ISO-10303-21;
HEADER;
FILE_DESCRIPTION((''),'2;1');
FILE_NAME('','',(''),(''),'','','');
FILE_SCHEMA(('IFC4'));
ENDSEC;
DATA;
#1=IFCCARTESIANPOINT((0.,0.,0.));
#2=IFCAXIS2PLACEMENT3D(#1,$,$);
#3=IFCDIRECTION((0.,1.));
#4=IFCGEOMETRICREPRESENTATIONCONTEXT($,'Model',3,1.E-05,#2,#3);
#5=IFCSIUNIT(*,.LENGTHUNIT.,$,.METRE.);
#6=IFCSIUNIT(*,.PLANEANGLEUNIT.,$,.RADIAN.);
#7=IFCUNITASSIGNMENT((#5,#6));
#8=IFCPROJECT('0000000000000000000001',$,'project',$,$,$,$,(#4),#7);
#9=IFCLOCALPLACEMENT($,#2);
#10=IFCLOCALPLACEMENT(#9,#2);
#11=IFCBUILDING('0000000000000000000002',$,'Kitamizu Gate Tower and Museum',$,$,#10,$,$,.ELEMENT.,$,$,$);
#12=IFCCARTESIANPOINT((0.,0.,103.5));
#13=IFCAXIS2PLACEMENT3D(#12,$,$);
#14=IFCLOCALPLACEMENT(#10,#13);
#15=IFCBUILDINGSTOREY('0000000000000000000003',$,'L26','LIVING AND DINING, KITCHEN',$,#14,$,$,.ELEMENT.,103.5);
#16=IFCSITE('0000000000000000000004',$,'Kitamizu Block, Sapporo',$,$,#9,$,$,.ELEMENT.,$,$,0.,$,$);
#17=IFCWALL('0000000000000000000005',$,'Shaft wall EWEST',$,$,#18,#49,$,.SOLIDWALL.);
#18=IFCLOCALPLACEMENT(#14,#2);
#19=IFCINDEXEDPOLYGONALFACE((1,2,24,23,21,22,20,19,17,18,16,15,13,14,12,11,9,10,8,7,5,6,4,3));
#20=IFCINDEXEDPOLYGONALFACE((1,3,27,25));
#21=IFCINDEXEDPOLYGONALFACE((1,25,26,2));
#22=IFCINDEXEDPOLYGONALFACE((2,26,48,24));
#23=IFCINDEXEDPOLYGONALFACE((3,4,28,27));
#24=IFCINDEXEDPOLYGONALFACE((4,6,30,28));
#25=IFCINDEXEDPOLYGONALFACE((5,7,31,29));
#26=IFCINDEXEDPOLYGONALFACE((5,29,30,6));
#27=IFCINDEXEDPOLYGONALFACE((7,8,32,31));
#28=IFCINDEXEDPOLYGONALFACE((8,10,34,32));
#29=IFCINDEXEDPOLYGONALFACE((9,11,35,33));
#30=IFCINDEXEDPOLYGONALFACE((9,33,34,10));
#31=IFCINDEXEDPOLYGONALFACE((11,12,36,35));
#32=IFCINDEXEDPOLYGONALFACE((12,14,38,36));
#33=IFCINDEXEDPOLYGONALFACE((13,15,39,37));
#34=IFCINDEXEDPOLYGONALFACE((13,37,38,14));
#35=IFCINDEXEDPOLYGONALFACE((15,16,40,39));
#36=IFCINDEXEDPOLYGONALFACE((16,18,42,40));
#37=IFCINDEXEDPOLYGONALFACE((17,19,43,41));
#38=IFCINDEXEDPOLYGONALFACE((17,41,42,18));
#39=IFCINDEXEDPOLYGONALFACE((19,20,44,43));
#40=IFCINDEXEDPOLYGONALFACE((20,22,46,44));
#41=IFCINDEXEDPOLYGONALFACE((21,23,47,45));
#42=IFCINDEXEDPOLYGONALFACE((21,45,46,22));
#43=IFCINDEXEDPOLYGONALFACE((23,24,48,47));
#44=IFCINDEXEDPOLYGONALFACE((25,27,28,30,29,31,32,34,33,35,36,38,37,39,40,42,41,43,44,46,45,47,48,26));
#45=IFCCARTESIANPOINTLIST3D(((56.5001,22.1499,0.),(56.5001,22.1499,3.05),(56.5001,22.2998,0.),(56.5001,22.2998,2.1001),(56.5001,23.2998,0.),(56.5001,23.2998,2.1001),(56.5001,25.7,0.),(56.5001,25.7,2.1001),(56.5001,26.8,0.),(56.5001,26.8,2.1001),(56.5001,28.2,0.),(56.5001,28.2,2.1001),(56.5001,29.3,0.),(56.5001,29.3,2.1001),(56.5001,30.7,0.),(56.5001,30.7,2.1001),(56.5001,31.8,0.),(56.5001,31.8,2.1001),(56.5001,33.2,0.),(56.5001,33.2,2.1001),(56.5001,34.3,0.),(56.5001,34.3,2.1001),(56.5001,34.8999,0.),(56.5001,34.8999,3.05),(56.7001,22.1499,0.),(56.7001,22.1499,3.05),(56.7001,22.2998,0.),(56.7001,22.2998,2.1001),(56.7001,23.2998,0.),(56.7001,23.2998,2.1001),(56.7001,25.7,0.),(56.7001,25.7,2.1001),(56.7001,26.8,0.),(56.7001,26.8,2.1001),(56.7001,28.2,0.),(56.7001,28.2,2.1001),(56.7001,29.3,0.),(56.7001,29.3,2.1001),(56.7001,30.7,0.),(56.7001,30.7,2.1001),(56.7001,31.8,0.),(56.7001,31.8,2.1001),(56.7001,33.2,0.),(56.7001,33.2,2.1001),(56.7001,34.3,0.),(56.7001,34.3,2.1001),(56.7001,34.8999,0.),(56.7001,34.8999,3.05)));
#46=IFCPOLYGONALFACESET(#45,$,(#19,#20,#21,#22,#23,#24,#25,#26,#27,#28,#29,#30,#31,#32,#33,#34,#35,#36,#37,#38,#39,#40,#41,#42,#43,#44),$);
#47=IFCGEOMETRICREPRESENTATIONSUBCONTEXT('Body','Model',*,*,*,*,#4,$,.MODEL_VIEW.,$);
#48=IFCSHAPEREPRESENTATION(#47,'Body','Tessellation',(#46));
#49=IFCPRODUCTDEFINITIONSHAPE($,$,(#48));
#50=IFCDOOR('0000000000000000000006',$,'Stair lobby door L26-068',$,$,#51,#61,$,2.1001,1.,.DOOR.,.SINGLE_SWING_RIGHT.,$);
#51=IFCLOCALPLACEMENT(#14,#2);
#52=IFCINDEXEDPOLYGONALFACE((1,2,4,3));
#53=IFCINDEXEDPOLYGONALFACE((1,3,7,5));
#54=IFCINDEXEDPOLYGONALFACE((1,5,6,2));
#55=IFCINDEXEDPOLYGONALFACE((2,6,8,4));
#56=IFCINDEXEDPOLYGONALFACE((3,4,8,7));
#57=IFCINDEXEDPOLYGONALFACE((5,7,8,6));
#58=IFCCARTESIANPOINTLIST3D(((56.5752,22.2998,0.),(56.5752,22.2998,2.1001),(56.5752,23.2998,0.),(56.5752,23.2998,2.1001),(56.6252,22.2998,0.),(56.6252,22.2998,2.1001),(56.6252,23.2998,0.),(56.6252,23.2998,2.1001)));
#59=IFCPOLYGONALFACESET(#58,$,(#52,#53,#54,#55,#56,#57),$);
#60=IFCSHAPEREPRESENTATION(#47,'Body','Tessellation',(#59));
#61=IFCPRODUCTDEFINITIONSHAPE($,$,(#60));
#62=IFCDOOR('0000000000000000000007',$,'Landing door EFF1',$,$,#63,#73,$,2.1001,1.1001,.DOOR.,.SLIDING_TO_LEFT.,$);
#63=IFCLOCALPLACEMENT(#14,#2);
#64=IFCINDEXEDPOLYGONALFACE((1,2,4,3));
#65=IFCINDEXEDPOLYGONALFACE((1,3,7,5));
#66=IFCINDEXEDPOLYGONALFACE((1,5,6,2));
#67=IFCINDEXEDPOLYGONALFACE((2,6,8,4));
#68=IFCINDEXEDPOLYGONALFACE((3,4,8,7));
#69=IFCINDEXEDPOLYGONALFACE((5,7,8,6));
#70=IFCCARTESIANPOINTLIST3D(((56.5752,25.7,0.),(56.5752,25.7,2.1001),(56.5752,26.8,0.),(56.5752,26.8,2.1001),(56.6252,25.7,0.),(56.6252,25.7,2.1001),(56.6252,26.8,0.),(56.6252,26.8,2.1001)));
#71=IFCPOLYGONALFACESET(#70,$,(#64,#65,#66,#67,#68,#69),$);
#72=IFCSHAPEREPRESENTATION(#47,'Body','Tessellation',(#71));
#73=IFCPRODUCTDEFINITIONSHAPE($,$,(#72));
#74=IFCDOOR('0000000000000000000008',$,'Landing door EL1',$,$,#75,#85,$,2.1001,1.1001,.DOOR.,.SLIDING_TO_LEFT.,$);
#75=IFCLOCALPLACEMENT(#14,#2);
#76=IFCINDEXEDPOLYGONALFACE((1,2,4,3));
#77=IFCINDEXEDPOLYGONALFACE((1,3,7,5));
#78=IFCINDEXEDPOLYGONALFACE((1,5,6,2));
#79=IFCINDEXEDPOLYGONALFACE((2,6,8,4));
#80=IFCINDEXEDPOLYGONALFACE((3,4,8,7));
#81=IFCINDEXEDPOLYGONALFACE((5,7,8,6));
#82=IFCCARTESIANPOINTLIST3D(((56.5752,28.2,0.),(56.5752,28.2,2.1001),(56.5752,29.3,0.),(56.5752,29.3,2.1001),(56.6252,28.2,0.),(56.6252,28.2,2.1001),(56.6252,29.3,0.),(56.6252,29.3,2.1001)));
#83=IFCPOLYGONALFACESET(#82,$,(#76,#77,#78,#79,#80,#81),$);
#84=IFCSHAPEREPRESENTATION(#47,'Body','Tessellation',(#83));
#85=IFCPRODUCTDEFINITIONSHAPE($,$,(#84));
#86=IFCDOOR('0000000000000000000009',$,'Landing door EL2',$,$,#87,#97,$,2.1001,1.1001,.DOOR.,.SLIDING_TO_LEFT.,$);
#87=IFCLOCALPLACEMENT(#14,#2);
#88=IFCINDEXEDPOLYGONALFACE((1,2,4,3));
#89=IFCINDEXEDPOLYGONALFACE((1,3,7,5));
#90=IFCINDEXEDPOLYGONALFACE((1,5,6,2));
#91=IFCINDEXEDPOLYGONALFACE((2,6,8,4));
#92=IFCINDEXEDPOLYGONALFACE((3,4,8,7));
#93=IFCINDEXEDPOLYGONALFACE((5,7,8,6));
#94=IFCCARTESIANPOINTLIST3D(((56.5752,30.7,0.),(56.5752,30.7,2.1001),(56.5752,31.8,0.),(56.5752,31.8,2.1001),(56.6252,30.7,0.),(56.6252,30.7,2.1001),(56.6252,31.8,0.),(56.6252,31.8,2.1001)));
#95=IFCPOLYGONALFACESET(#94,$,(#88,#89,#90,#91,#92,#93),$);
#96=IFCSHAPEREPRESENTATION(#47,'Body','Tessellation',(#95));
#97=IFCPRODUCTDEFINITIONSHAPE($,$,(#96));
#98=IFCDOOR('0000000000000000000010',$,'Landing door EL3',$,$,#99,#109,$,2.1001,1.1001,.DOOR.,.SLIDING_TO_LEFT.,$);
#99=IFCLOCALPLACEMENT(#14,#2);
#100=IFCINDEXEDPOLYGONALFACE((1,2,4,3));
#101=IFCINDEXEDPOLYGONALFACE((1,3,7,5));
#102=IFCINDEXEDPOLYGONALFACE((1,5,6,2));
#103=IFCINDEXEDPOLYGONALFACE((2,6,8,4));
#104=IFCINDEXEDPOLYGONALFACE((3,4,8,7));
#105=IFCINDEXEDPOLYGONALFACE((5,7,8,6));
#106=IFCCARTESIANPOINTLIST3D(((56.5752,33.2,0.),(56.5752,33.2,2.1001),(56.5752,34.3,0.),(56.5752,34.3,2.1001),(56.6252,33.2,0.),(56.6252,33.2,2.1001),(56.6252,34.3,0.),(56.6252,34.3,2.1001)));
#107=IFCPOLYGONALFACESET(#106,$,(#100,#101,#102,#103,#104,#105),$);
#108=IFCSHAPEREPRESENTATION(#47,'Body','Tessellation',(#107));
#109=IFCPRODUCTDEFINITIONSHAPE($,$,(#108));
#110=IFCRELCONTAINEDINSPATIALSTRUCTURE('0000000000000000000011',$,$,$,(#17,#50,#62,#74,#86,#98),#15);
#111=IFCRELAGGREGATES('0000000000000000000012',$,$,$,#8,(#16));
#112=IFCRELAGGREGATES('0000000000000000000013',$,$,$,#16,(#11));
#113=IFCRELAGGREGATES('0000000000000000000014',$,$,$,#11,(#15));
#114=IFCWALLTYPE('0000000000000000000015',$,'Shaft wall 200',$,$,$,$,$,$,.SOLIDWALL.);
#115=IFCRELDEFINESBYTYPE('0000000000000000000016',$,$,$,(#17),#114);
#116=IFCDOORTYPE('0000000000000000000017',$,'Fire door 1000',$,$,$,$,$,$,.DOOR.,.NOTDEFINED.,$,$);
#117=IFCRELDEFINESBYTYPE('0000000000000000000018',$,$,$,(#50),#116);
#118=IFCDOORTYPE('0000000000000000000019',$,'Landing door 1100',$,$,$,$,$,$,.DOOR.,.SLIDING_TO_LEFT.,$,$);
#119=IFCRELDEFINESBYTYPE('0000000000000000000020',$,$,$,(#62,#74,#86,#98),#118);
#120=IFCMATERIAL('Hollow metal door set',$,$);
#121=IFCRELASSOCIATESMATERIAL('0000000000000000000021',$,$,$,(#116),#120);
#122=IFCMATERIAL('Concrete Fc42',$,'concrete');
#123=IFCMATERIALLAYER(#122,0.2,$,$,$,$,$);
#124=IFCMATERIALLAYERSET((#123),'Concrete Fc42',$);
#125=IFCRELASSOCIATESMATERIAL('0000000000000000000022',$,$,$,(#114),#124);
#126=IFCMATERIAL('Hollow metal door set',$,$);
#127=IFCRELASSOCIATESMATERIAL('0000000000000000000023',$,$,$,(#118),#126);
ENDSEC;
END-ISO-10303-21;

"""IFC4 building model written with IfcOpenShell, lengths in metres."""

from ifc_helpers import new_model, si_unit, direction, frame, frame_2d, origin, place, context, subcontext, project, spatial, rectangle, extrude, material, layer, layer_set, type_object, element, fill, save


model = new_model("IFC4")

# Units and contexts
model_context = context("Model", 3, precision=1e-05, world=origin(), true_north=direction((0.0, 1.0)))
body_context = subcontext(model_context, "Body", "Model", "MODEL_VIEW")
ifc_project = project(units=[si_unit("LENGTHUNIT", "METRE"), si_unit("PLANEANGLEUNIT", "RADIAN")], contexts=[model_context])

# Site, building, storey
site_placement = place(None, origin())
site = spatial("IfcSite", under=ifc_project, at=site_placement, Name="Kitamizu Block, Sapporo", CompositionType="ELEMENT", RefElevation=0.0)
building_placement = place(site_placement, origin())
building = spatial("IfcBuilding", under=site, at=building_placement, Name="Kitamizu Gate Tower and Museum", CompositionType="ELEMENT")
storey_placement = place(building_placement, frame((0.0, 0.0, 103.5)))
storey = spatial("IfcBuildingStorey", under=building, at=storey_placement, Name="L26", Description="LIVING AND DINING, KITCHEN", CompositionType="ELEMENT", Elevation=103.5)

# Wall, openings, doors
ifc_material_1 = material(Name="Hollow metal door set")
door_type_1 = type_object("IfcDoorType", Name="Fire door 1000", OperationType="NOTDEFINED", PredefinedType="DOOR", material=ifc_material_1)
ifc_material_2 = material(Name="Concrete Fc42", Category="concrete")
ifc_layer_1 = layer(ifc_material_2, 0.2)
ifc_layer_set_1 = layer_set([ifc_layer_1], Name="Concrete Fc42")
wall_type_1 = type_object("IfcWallType", Name="Shaft wall 200", PredefinedType="SOLIDWALL", material=ifc_layer_set_1)
wall_1_placement = place(storey_placement, frame((56.6001, 22.1499, 0.0), z_axis=(0.0, 0.0, 1.0), x_axis=(0.0, 1.0, 0.0)))
wall_1 = element("IfcWall", 1, at=wall_1_placement, inside=storey, type_object=wall_type_1, Name="Shaft wall EWEST", PredefinedType="SOLIDWALL", context=body_context, shape_type="SweptSolid", body=[
    extrude(rectangle(XDim=12.75, YDim=0.2, at=frame_2d((6.375, 0.0))), origin(), (0.0, 0.0, 1.0), 3.05),
])
opening_1_placement = place(wall_1_placement, frame((3.55, 0.0, 0.0)))
opening_1 = element("IfcOpeningElement", 2, at=opening_1_placement, cuts=wall_1, PredefinedType="OPENING", context=body_context, shape_type="SweptSolid", body=[
    extrude(rectangle(XDim=1.1001, YDim=2.1001, at=frame_2d((0.55, 1.05))), frame((0.0, 0.1099, 0.0), z_axis=(0.0, -1.0, 0.0), x_axis=(1.0, 0.0, 0.0)), (0.0, 0.0, 1.0), 0.22),
])
opening_2_placement = place(wall_1_placement, frame((6.05, 0.0, 0.0)))
opening_2 = element("IfcOpeningElement", 3, at=opening_2_placement, cuts=wall_1, PredefinedType="OPENING", context=body_context, shape_type="SweptSolid", body=[
    extrude(rectangle(XDim=1.1001, YDim=2.1001, at=frame_2d((0.55, 1.05))), frame((0.0, 0.1099, 0.0), z_axis=(0.0, -1.0, 0.0), x_axis=(1.0, 0.0, 0.0)), (0.0, 0.0, 1.0), 0.22),
])
opening_3_placement = place(wall_1_placement, frame((8.55, 0.0, 0.0)))
opening_3 = element("IfcOpeningElement", 4, at=opening_3_placement, cuts=wall_1, PredefinedType="OPENING", context=body_context, shape_type="SweptSolid", body=[
    extrude(rectangle(XDim=1.1001, YDim=2.1001, at=frame_2d((0.55, 1.05))), frame((0.0, 0.1099, 0.0), z_axis=(0.0, -1.0, 0.0), x_axis=(1.0, 0.0, 0.0)), (0.0, 0.0, 1.0), 0.22),
])
opening_4_placement = place(wall_1_placement, frame((11.05, 0.0, 0.0)))
opening_4 = element("IfcOpeningElement", 5, at=opening_4_placement, cuts=wall_1, PredefinedType="OPENING", context=body_context, shape_type="SweptSolid", body=[
    extrude(rectangle(XDim=1.1001, YDim=2.1001, at=frame_2d((0.55, 1.05))), frame((0.0, 0.1099, 0.0), z_axis=(0.0, -1.0, 0.0), x_axis=(1.0, 0.0, 0.0)), (0.0, 0.0, 1.0), 0.22),
])
opening_5_placement = place(wall_1_placement, frame((0.1499, 0.0, 0.0)))
opening_5 = element("IfcOpeningElement", 6, at=opening_5_placement, cuts=wall_1, PredefinedType="OPENING", context=body_context, shape_type="SweptSolid", body=[
    extrude(rectangle(XDim=1.0, YDim=2.1001, at=frame_2d((0.5, 1.05))), frame((0.0, 0.1099, 0.0), z_axis=(0.0, -1.0, 0.0), x_axis=(1.0, 0.0, 0.0)), (0.0, 0.0, 1.0), 0.22),
])
door_1_placement = place(opening_5_placement, origin())
door_1 = element("IfcDoor", 7, at=door_1_placement, inside=storey, type_object=door_type_1, Name="Stair lobby door L26-068", OperationType="SINGLE_SWING_RIGHT", OverallHeight=2.1001, OverallWidth=1.0, PredefinedType="DOOR", context=body_context, shape_type="SweptSolid", body=[
    extrude(rectangle(XDim=1.0, YDim=2.1001, at=frame_2d((0.5, 1.05))), frame((0.0, 0.0249, 0.0), z_axis=(0.0, -1.0, 0.0), x_axis=(1.0, 0.0, 0.0)), (0.0, 0.0, 1.0), 0.05),
])
fill(opening_5, door_1)
ifc_material_3 = material(Name="Hollow metal door set")
door_type_2 = type_object("IfcDoorType", Name="Landing door 1100", OperationType="SLIDING_TO_LEFT", PredefinedType="DOOR", material=ifc_material_3)
door_2_placement = place(opening_1_placement, origin())
door_2 = element("IfcDoor", 8, at=door_2_placement, inside=storey, type_object=door_type_2, Name="Landing door EFF1", OperationType="SLIDING_TO_LEFT", OverallHeight=2.1001, OverallWidth=1.1001, PredefinedType="DOOR", context=body_context, shape_type="SweptSolid", body=[
    extrude(rectangle(XDim=1.1001, YDim=2.1001, at=frame_2d((0.55, 1.05))), frame((0.0, 0.0249, 0.0), z_axis=(0.0, -1.0, 0.0), x_axis=(1.0, 0.0, 0.0)), (0.0, 0.0, 1.0), 0.05),
])
fill(opening_1, door_2)
door_3_placement = place(opening_2_placement, origin())
door_3 = element("IfcDoor", 9, at=door_3_placement, inside=storey, type_object=door_type_2, Name="Landing door EL1", OperationType="SLIDING_TO_LEFT", OverallHeight=2.1001, OverallWidth=1.1001, PredefinedType="DOOR", context=body_context, shape_type="SweptSolid", body=[
    extrude(rectangle(XDim=1.1001, YDim=2.1001, at=frame_2d((0.55, 1.05))), frame((0.0, 0.0249, 0.0), z_axis=(0.0, -1.0, 0.0), x_axis=(1.0, 0.0, 0.0)), (0.0, 0.0, 1.0), 0.05),
])
fill(opening_2, door_3)
door_4_placement = place(opening_3_placement, origin())
door_4 = element("IfcDoor", 10, at=door_4_placement, inside=storey, type_object=door_type_2, Name="Landing door EL2", OperationType="SLIDING_TO_LEFT", OverallHeight=2.1001, OverallWidth=1.1001, PredefinedType="DOOR", context=body_context, shape_type="SweptSolid", body=[
    extrude(rectangle(XDim=1.1001, YDim=2.1001, at=frame_2d((0.55, 1.05))), frame((0.0, 0.0249, 0.0), z_axis=(0.0, -1.0, 0.0), x_axis=(1.0, 0.0, 0.0)), (0.0, 0.0, 1.0), 0.05),
])
fill(opening_3, door_4)
door_5_placement = place(opening_4_placement, origin())
door_5 = element("IfcDoor", 11, at=door_5_placement, inside=storey, type_object=door_type_2, Name="Landing door EL3", OperationType="SLIDING_TO_LEFT", OverallHeight=2.1001, OverallWidth=1.1001, PredefinedType="DOOR", context=body_context, shape_type="SweptSolid", body=[
    extrude(rectangle(XDim=1.1001, YDim=2.1001, at=frame_2d((0.55, 1.05))), frame((0.0, 0.0249, 0.0), z_axis=(0.0, -1.0, 0.0), x_axis=(1.0, 0.0, 0.0)), (0.0, 0.0, 1.0), 0.05),
])
fill(opening_4, door_5)

save(model, "model.ifc")
